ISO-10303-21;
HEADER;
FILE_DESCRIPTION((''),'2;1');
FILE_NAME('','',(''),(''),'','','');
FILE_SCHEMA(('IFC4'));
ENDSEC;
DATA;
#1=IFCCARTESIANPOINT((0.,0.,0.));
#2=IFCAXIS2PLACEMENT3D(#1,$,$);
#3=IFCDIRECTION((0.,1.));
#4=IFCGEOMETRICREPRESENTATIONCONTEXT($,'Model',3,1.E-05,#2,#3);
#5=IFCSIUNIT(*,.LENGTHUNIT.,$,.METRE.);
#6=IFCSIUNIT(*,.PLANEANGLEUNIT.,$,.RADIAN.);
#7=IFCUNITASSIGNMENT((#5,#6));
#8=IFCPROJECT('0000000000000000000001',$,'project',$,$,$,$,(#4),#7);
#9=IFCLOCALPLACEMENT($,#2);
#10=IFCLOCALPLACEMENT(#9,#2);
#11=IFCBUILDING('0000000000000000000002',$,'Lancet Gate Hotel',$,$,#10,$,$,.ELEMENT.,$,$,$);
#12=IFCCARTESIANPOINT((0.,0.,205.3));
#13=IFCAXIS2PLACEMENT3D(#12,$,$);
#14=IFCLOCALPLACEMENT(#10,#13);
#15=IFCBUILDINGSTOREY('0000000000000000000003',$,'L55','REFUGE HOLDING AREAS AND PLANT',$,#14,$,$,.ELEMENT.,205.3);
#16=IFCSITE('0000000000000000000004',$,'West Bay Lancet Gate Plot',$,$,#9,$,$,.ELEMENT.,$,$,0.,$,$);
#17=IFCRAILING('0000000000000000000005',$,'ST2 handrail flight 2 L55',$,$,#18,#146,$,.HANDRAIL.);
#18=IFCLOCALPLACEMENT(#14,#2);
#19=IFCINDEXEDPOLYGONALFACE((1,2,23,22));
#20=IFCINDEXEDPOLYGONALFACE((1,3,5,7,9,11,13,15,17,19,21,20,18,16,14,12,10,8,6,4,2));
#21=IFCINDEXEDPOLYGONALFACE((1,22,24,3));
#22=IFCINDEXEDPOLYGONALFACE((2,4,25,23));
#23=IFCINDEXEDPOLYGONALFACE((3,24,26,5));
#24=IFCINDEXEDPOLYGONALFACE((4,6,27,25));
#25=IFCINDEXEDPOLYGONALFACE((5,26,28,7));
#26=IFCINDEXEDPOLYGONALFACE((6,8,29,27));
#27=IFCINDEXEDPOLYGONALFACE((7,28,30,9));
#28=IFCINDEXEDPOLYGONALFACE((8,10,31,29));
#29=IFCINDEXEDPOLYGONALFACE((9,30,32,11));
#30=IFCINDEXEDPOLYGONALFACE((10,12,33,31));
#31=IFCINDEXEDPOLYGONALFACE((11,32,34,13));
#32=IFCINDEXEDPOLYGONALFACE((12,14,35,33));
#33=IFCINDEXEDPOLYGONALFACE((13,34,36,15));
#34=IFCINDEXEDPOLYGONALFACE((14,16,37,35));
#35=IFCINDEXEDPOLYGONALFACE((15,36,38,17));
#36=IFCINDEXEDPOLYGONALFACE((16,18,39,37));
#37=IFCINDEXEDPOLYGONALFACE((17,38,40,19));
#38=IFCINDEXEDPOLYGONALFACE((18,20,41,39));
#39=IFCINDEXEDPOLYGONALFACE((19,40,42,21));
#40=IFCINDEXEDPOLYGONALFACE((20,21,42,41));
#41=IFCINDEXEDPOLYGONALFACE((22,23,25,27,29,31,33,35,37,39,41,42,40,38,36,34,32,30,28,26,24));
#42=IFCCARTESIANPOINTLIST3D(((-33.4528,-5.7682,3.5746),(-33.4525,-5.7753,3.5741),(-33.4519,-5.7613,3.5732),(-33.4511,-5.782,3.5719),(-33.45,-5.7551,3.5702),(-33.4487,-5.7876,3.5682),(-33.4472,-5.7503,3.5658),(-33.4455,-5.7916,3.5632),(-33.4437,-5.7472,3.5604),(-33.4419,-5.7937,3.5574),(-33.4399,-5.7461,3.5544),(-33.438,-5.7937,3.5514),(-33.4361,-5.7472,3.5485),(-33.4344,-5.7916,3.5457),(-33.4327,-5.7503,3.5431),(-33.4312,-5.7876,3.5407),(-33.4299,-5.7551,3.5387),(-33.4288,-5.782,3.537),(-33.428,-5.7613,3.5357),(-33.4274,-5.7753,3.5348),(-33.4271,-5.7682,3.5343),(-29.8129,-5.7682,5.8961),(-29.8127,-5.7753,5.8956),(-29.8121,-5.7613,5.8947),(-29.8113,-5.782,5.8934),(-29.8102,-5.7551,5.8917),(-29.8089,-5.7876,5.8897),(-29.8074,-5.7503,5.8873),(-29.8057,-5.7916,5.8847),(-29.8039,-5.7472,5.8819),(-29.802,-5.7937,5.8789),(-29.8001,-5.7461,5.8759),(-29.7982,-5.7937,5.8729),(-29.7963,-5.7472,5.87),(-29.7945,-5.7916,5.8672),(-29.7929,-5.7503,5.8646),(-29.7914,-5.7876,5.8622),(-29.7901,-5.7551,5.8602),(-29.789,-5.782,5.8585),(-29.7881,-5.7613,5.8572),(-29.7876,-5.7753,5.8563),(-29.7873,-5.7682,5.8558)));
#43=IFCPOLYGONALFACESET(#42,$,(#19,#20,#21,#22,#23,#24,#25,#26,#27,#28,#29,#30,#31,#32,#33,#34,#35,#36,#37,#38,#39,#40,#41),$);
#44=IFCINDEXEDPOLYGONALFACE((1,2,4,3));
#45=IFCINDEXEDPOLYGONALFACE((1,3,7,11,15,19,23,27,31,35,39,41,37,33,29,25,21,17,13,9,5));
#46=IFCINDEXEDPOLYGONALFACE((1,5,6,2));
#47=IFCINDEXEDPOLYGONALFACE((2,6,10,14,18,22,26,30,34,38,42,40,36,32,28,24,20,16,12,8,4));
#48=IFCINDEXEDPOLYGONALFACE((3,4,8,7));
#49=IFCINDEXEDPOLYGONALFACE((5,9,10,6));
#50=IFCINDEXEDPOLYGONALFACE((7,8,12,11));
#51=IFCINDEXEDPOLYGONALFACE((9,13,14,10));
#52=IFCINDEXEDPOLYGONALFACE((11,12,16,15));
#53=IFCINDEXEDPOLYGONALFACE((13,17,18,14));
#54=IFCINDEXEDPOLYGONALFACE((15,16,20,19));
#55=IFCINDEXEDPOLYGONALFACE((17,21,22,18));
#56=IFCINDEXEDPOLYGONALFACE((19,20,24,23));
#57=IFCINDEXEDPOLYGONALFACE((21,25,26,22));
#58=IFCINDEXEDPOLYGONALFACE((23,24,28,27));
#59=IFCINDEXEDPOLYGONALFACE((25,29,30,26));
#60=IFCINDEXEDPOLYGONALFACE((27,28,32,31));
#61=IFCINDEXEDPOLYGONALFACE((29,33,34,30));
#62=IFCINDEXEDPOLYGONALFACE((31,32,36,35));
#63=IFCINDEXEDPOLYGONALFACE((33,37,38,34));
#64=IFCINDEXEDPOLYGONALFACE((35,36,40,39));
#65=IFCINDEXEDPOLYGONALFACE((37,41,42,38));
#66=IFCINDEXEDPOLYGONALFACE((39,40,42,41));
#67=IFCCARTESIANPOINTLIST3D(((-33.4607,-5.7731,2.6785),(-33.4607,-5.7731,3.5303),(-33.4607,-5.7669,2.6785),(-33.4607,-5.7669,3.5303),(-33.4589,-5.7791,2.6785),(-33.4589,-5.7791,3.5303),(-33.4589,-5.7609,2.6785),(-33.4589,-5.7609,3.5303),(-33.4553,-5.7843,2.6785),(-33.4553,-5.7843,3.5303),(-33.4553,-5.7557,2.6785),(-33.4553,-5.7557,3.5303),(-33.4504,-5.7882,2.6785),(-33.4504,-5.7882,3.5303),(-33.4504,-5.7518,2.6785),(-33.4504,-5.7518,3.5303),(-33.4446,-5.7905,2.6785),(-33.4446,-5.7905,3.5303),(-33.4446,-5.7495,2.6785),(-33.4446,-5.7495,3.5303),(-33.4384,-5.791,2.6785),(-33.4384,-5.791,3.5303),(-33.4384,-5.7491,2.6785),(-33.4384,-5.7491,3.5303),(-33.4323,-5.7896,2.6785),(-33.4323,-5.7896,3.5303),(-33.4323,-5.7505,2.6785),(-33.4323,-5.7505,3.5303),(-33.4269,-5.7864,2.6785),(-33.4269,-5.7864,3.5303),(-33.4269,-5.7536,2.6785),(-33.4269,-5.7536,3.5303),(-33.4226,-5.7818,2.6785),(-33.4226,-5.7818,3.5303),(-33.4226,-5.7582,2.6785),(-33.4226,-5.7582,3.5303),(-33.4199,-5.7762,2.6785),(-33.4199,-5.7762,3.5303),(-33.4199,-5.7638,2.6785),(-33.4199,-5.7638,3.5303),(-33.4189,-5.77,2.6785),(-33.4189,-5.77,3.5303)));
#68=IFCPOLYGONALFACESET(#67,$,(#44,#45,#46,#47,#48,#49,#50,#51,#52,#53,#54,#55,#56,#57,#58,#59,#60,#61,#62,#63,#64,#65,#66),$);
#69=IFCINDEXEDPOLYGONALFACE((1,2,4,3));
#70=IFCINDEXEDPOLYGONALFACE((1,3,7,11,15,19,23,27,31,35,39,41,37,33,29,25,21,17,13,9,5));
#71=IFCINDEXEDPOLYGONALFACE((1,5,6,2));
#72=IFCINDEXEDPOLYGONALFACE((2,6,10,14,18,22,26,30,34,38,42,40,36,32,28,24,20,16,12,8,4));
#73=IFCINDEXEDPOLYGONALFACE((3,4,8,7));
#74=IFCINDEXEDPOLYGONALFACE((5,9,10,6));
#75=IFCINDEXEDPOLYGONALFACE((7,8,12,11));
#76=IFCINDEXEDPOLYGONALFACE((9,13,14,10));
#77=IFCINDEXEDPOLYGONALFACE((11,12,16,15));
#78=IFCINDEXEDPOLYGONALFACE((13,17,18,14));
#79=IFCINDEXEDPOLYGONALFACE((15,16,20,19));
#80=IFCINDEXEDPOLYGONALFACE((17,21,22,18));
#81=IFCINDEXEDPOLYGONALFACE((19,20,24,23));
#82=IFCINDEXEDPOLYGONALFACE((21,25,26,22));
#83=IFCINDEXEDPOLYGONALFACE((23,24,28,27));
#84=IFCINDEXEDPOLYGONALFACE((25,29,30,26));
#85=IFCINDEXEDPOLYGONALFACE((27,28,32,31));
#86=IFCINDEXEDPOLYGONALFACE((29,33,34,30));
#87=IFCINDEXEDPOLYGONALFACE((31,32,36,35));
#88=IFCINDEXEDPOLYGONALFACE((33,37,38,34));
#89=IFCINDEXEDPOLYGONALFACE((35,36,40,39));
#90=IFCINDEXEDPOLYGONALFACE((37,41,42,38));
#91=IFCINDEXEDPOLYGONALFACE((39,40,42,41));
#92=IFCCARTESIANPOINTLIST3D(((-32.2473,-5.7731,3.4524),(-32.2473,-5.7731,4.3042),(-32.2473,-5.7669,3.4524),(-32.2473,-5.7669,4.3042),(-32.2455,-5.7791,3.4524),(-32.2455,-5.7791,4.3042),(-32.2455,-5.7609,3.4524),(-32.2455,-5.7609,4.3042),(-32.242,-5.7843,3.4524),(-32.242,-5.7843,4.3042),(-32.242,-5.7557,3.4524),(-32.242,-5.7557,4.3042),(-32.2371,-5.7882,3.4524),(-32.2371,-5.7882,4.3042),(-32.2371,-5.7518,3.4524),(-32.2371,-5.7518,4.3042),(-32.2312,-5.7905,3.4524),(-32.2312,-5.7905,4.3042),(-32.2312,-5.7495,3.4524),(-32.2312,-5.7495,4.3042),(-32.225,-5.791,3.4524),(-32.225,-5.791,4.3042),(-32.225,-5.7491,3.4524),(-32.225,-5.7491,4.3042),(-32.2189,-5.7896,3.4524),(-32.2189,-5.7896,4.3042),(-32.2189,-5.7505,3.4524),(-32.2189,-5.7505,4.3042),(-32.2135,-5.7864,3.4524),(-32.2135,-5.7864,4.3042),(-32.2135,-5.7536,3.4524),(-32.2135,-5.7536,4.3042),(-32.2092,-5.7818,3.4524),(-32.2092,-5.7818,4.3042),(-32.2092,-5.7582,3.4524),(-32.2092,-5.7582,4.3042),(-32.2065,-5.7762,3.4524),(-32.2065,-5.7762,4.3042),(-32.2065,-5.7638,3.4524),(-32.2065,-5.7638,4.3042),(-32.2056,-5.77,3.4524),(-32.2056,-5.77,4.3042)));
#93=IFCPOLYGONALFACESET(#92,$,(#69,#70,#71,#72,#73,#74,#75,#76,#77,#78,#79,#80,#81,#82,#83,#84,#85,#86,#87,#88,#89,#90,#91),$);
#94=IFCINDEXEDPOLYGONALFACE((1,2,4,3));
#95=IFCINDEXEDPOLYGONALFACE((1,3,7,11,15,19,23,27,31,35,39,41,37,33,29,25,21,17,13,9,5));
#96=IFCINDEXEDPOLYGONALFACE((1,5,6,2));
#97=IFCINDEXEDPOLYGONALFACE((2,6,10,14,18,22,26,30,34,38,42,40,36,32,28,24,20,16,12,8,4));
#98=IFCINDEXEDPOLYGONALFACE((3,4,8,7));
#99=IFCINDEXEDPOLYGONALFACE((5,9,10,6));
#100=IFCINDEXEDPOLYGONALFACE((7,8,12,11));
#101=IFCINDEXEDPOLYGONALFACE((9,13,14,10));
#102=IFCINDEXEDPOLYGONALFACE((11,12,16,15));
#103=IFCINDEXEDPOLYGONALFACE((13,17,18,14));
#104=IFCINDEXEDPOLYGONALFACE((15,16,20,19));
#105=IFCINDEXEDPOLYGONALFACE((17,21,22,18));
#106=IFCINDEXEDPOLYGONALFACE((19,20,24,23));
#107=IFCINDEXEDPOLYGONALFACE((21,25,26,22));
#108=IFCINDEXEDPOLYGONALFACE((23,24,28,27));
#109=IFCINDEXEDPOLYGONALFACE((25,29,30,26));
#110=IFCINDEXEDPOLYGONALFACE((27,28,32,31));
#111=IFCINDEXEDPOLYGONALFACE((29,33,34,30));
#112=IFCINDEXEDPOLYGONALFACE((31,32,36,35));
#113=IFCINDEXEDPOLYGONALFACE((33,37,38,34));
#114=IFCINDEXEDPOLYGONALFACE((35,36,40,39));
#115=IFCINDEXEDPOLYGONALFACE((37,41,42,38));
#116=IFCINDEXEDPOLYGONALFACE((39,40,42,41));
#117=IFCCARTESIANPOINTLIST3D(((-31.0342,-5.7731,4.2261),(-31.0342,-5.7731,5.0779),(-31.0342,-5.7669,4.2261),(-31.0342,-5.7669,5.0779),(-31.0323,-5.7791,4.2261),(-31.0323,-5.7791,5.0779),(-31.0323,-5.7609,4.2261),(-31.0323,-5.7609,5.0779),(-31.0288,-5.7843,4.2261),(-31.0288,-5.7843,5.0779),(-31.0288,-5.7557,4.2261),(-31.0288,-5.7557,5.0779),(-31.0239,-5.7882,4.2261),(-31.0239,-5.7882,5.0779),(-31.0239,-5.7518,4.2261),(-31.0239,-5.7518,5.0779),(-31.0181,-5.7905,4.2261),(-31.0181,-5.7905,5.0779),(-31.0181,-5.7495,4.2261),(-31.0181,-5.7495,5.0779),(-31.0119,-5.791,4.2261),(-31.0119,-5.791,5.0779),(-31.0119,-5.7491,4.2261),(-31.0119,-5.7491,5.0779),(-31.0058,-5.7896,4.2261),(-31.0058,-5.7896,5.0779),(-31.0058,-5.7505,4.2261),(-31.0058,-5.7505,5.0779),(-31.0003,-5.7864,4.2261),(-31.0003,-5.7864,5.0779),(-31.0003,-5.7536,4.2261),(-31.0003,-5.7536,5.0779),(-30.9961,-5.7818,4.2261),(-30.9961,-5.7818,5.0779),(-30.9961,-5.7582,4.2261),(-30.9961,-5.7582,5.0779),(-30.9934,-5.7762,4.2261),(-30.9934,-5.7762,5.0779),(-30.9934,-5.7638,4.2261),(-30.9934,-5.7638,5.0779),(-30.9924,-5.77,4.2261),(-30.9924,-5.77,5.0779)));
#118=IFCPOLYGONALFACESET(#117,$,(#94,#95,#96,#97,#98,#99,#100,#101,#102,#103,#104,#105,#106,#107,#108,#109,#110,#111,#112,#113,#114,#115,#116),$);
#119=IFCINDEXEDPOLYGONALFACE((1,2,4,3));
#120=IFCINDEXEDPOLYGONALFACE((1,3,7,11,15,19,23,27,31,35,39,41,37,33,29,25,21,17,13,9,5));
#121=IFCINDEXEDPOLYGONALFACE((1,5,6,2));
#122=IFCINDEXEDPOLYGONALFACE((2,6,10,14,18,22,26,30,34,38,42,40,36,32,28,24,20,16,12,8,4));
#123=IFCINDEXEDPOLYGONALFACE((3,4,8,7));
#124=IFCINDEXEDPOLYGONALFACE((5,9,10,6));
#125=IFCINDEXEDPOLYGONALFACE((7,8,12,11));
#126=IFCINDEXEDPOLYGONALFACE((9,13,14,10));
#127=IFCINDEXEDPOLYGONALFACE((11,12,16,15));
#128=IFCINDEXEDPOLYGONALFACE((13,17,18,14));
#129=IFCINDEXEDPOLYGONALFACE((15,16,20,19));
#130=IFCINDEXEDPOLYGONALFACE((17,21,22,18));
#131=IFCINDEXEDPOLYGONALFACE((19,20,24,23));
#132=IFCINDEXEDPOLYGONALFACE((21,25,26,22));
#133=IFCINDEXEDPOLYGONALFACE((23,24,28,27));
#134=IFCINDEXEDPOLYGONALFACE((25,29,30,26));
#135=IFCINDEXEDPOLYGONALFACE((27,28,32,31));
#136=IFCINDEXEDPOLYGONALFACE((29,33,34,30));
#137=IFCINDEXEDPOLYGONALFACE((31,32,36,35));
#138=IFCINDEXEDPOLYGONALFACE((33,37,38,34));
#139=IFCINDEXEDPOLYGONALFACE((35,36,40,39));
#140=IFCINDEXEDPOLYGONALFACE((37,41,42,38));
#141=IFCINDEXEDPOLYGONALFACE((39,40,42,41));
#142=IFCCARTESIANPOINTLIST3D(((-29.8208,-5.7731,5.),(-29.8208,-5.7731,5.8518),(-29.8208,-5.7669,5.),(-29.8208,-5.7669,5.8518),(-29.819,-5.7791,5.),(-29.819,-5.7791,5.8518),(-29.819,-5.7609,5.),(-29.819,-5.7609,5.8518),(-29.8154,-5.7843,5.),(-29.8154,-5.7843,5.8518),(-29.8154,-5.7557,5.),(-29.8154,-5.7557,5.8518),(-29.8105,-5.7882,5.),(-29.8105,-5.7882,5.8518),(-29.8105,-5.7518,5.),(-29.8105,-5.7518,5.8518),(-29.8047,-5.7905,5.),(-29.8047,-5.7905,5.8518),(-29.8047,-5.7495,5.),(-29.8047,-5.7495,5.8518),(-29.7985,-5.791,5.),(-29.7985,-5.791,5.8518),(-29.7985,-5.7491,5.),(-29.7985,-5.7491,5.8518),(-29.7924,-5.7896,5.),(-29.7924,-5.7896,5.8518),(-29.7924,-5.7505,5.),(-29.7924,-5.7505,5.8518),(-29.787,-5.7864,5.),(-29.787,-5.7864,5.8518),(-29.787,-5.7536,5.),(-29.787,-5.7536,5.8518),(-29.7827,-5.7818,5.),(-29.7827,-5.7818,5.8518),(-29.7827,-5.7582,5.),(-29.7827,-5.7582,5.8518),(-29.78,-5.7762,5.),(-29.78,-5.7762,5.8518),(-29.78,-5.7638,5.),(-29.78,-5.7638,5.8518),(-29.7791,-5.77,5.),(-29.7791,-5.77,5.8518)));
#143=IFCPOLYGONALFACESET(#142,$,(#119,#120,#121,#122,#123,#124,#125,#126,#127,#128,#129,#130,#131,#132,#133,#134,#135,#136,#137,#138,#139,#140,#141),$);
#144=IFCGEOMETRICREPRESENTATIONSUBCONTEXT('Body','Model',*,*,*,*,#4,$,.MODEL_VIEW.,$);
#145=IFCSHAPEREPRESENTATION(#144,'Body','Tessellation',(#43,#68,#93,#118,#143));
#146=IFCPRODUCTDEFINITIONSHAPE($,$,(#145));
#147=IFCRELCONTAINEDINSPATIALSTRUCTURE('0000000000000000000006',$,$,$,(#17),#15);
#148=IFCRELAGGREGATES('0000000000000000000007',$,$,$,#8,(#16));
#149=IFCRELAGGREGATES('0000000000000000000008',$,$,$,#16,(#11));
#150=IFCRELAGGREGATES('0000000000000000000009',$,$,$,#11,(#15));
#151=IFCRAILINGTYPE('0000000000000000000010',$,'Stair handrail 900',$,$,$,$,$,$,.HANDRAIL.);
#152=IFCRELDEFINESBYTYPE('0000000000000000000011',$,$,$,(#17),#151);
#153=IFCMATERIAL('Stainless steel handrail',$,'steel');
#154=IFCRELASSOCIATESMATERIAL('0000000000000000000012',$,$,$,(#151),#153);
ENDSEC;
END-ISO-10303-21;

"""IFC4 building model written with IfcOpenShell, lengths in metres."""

from ifc_helpers import new_model, si_unit, direction, frame, origin, origin_2d, place, context, subcontext, project, spatial, circle, extrude, material, type_object, element, save


model = new_model("IFC4")

# Units and contexts
model_context = context("Model", 3, precision=1e-05, world=origin(), true_north=direction((0.0, 1.0)))
body_context = subcontext(model_context, "Body", "Model", "MODEL_VIEW")
ifc_project = project(units=[si_unit("LENGTHUNIT", "METRE"), si_unit("PLANEANGLEUNIT", "RADIAN")], contexts=[model_context])

# Site, building, storey
site_placement = place(None, origin())
site = spatial("IfcSite", under=ifc_project, at=site_placement, Name="West Bay Lancet Gate Plot", CompositionType="ELEMENT", RefElevation=0.0)
building_placement = place(site_placement, origin())
building = spatial("IfcBuilding", under=site, at=building_placement, Name="Lancet Gate Hotel", CompositionType="ELEMENT")
storey_placement = place(building_placement, frame((0.0, 0.0, 205.3)))
storey = spatial("IfcBuildingStorey", under=building, at=storey_placement, Name="L55", Description="REFUGE HOLDING AREAS AND PLANT", CompositionType="ELEMENT", Elevation=205.3)

# Railing
ifc_material_1 = material(Name="Stainless steel handrail", Category="steel")
railing_type = type_object("IfcRailingType", Name="Stair handrail 900", PredefinedType="HANDRAIL", material=ifc_material_1)
railing_1_placement = place(storey_placement, frame((-33.4399, -5.77, 2.6785)))
element("IfcRailing", 1, at=railing_1_placement, inside=storey, type_object=railing_type, Name="ST2 handrail flight 2 L55", PredefinedType="HANDRAIL", context=body_context, shape_type="SweptSolid", body=[
    extrude(circle(Radius=0.0239, at=origin_2d()), frame((0.0, 0.0, 0.876), z_axis=(0.843112, 0.0, 0.537739), x_axis=(0.0, 1.0, 0.0)), (0.0, 0.0, 1.0), 4.3171),
    extrude(circle(Radius=0.021, at=origin_2d()), origin(), (0.0, 0.0, 1.0), 0.8518),
    extrude(circle(Radius=0.021, at=origin_2d()), frame((1.2134, 0.0, 0.7739)), (0.0, 0.0, 1.0), 0.8518),
    extrude(circle(Radius=0.021, at=origin_2d()), frame((2.4265, 0.0, 1.5476)), (0.0, 0.0, 1.0), 0.8518),
    extrude(circle(Radius=0.021, at=origin_2d()), frame((3.6399, 0.0, 2.3215)), (0.0, 0.0, 1.0), 0.8518),
])

save(model, "model.ifc")
